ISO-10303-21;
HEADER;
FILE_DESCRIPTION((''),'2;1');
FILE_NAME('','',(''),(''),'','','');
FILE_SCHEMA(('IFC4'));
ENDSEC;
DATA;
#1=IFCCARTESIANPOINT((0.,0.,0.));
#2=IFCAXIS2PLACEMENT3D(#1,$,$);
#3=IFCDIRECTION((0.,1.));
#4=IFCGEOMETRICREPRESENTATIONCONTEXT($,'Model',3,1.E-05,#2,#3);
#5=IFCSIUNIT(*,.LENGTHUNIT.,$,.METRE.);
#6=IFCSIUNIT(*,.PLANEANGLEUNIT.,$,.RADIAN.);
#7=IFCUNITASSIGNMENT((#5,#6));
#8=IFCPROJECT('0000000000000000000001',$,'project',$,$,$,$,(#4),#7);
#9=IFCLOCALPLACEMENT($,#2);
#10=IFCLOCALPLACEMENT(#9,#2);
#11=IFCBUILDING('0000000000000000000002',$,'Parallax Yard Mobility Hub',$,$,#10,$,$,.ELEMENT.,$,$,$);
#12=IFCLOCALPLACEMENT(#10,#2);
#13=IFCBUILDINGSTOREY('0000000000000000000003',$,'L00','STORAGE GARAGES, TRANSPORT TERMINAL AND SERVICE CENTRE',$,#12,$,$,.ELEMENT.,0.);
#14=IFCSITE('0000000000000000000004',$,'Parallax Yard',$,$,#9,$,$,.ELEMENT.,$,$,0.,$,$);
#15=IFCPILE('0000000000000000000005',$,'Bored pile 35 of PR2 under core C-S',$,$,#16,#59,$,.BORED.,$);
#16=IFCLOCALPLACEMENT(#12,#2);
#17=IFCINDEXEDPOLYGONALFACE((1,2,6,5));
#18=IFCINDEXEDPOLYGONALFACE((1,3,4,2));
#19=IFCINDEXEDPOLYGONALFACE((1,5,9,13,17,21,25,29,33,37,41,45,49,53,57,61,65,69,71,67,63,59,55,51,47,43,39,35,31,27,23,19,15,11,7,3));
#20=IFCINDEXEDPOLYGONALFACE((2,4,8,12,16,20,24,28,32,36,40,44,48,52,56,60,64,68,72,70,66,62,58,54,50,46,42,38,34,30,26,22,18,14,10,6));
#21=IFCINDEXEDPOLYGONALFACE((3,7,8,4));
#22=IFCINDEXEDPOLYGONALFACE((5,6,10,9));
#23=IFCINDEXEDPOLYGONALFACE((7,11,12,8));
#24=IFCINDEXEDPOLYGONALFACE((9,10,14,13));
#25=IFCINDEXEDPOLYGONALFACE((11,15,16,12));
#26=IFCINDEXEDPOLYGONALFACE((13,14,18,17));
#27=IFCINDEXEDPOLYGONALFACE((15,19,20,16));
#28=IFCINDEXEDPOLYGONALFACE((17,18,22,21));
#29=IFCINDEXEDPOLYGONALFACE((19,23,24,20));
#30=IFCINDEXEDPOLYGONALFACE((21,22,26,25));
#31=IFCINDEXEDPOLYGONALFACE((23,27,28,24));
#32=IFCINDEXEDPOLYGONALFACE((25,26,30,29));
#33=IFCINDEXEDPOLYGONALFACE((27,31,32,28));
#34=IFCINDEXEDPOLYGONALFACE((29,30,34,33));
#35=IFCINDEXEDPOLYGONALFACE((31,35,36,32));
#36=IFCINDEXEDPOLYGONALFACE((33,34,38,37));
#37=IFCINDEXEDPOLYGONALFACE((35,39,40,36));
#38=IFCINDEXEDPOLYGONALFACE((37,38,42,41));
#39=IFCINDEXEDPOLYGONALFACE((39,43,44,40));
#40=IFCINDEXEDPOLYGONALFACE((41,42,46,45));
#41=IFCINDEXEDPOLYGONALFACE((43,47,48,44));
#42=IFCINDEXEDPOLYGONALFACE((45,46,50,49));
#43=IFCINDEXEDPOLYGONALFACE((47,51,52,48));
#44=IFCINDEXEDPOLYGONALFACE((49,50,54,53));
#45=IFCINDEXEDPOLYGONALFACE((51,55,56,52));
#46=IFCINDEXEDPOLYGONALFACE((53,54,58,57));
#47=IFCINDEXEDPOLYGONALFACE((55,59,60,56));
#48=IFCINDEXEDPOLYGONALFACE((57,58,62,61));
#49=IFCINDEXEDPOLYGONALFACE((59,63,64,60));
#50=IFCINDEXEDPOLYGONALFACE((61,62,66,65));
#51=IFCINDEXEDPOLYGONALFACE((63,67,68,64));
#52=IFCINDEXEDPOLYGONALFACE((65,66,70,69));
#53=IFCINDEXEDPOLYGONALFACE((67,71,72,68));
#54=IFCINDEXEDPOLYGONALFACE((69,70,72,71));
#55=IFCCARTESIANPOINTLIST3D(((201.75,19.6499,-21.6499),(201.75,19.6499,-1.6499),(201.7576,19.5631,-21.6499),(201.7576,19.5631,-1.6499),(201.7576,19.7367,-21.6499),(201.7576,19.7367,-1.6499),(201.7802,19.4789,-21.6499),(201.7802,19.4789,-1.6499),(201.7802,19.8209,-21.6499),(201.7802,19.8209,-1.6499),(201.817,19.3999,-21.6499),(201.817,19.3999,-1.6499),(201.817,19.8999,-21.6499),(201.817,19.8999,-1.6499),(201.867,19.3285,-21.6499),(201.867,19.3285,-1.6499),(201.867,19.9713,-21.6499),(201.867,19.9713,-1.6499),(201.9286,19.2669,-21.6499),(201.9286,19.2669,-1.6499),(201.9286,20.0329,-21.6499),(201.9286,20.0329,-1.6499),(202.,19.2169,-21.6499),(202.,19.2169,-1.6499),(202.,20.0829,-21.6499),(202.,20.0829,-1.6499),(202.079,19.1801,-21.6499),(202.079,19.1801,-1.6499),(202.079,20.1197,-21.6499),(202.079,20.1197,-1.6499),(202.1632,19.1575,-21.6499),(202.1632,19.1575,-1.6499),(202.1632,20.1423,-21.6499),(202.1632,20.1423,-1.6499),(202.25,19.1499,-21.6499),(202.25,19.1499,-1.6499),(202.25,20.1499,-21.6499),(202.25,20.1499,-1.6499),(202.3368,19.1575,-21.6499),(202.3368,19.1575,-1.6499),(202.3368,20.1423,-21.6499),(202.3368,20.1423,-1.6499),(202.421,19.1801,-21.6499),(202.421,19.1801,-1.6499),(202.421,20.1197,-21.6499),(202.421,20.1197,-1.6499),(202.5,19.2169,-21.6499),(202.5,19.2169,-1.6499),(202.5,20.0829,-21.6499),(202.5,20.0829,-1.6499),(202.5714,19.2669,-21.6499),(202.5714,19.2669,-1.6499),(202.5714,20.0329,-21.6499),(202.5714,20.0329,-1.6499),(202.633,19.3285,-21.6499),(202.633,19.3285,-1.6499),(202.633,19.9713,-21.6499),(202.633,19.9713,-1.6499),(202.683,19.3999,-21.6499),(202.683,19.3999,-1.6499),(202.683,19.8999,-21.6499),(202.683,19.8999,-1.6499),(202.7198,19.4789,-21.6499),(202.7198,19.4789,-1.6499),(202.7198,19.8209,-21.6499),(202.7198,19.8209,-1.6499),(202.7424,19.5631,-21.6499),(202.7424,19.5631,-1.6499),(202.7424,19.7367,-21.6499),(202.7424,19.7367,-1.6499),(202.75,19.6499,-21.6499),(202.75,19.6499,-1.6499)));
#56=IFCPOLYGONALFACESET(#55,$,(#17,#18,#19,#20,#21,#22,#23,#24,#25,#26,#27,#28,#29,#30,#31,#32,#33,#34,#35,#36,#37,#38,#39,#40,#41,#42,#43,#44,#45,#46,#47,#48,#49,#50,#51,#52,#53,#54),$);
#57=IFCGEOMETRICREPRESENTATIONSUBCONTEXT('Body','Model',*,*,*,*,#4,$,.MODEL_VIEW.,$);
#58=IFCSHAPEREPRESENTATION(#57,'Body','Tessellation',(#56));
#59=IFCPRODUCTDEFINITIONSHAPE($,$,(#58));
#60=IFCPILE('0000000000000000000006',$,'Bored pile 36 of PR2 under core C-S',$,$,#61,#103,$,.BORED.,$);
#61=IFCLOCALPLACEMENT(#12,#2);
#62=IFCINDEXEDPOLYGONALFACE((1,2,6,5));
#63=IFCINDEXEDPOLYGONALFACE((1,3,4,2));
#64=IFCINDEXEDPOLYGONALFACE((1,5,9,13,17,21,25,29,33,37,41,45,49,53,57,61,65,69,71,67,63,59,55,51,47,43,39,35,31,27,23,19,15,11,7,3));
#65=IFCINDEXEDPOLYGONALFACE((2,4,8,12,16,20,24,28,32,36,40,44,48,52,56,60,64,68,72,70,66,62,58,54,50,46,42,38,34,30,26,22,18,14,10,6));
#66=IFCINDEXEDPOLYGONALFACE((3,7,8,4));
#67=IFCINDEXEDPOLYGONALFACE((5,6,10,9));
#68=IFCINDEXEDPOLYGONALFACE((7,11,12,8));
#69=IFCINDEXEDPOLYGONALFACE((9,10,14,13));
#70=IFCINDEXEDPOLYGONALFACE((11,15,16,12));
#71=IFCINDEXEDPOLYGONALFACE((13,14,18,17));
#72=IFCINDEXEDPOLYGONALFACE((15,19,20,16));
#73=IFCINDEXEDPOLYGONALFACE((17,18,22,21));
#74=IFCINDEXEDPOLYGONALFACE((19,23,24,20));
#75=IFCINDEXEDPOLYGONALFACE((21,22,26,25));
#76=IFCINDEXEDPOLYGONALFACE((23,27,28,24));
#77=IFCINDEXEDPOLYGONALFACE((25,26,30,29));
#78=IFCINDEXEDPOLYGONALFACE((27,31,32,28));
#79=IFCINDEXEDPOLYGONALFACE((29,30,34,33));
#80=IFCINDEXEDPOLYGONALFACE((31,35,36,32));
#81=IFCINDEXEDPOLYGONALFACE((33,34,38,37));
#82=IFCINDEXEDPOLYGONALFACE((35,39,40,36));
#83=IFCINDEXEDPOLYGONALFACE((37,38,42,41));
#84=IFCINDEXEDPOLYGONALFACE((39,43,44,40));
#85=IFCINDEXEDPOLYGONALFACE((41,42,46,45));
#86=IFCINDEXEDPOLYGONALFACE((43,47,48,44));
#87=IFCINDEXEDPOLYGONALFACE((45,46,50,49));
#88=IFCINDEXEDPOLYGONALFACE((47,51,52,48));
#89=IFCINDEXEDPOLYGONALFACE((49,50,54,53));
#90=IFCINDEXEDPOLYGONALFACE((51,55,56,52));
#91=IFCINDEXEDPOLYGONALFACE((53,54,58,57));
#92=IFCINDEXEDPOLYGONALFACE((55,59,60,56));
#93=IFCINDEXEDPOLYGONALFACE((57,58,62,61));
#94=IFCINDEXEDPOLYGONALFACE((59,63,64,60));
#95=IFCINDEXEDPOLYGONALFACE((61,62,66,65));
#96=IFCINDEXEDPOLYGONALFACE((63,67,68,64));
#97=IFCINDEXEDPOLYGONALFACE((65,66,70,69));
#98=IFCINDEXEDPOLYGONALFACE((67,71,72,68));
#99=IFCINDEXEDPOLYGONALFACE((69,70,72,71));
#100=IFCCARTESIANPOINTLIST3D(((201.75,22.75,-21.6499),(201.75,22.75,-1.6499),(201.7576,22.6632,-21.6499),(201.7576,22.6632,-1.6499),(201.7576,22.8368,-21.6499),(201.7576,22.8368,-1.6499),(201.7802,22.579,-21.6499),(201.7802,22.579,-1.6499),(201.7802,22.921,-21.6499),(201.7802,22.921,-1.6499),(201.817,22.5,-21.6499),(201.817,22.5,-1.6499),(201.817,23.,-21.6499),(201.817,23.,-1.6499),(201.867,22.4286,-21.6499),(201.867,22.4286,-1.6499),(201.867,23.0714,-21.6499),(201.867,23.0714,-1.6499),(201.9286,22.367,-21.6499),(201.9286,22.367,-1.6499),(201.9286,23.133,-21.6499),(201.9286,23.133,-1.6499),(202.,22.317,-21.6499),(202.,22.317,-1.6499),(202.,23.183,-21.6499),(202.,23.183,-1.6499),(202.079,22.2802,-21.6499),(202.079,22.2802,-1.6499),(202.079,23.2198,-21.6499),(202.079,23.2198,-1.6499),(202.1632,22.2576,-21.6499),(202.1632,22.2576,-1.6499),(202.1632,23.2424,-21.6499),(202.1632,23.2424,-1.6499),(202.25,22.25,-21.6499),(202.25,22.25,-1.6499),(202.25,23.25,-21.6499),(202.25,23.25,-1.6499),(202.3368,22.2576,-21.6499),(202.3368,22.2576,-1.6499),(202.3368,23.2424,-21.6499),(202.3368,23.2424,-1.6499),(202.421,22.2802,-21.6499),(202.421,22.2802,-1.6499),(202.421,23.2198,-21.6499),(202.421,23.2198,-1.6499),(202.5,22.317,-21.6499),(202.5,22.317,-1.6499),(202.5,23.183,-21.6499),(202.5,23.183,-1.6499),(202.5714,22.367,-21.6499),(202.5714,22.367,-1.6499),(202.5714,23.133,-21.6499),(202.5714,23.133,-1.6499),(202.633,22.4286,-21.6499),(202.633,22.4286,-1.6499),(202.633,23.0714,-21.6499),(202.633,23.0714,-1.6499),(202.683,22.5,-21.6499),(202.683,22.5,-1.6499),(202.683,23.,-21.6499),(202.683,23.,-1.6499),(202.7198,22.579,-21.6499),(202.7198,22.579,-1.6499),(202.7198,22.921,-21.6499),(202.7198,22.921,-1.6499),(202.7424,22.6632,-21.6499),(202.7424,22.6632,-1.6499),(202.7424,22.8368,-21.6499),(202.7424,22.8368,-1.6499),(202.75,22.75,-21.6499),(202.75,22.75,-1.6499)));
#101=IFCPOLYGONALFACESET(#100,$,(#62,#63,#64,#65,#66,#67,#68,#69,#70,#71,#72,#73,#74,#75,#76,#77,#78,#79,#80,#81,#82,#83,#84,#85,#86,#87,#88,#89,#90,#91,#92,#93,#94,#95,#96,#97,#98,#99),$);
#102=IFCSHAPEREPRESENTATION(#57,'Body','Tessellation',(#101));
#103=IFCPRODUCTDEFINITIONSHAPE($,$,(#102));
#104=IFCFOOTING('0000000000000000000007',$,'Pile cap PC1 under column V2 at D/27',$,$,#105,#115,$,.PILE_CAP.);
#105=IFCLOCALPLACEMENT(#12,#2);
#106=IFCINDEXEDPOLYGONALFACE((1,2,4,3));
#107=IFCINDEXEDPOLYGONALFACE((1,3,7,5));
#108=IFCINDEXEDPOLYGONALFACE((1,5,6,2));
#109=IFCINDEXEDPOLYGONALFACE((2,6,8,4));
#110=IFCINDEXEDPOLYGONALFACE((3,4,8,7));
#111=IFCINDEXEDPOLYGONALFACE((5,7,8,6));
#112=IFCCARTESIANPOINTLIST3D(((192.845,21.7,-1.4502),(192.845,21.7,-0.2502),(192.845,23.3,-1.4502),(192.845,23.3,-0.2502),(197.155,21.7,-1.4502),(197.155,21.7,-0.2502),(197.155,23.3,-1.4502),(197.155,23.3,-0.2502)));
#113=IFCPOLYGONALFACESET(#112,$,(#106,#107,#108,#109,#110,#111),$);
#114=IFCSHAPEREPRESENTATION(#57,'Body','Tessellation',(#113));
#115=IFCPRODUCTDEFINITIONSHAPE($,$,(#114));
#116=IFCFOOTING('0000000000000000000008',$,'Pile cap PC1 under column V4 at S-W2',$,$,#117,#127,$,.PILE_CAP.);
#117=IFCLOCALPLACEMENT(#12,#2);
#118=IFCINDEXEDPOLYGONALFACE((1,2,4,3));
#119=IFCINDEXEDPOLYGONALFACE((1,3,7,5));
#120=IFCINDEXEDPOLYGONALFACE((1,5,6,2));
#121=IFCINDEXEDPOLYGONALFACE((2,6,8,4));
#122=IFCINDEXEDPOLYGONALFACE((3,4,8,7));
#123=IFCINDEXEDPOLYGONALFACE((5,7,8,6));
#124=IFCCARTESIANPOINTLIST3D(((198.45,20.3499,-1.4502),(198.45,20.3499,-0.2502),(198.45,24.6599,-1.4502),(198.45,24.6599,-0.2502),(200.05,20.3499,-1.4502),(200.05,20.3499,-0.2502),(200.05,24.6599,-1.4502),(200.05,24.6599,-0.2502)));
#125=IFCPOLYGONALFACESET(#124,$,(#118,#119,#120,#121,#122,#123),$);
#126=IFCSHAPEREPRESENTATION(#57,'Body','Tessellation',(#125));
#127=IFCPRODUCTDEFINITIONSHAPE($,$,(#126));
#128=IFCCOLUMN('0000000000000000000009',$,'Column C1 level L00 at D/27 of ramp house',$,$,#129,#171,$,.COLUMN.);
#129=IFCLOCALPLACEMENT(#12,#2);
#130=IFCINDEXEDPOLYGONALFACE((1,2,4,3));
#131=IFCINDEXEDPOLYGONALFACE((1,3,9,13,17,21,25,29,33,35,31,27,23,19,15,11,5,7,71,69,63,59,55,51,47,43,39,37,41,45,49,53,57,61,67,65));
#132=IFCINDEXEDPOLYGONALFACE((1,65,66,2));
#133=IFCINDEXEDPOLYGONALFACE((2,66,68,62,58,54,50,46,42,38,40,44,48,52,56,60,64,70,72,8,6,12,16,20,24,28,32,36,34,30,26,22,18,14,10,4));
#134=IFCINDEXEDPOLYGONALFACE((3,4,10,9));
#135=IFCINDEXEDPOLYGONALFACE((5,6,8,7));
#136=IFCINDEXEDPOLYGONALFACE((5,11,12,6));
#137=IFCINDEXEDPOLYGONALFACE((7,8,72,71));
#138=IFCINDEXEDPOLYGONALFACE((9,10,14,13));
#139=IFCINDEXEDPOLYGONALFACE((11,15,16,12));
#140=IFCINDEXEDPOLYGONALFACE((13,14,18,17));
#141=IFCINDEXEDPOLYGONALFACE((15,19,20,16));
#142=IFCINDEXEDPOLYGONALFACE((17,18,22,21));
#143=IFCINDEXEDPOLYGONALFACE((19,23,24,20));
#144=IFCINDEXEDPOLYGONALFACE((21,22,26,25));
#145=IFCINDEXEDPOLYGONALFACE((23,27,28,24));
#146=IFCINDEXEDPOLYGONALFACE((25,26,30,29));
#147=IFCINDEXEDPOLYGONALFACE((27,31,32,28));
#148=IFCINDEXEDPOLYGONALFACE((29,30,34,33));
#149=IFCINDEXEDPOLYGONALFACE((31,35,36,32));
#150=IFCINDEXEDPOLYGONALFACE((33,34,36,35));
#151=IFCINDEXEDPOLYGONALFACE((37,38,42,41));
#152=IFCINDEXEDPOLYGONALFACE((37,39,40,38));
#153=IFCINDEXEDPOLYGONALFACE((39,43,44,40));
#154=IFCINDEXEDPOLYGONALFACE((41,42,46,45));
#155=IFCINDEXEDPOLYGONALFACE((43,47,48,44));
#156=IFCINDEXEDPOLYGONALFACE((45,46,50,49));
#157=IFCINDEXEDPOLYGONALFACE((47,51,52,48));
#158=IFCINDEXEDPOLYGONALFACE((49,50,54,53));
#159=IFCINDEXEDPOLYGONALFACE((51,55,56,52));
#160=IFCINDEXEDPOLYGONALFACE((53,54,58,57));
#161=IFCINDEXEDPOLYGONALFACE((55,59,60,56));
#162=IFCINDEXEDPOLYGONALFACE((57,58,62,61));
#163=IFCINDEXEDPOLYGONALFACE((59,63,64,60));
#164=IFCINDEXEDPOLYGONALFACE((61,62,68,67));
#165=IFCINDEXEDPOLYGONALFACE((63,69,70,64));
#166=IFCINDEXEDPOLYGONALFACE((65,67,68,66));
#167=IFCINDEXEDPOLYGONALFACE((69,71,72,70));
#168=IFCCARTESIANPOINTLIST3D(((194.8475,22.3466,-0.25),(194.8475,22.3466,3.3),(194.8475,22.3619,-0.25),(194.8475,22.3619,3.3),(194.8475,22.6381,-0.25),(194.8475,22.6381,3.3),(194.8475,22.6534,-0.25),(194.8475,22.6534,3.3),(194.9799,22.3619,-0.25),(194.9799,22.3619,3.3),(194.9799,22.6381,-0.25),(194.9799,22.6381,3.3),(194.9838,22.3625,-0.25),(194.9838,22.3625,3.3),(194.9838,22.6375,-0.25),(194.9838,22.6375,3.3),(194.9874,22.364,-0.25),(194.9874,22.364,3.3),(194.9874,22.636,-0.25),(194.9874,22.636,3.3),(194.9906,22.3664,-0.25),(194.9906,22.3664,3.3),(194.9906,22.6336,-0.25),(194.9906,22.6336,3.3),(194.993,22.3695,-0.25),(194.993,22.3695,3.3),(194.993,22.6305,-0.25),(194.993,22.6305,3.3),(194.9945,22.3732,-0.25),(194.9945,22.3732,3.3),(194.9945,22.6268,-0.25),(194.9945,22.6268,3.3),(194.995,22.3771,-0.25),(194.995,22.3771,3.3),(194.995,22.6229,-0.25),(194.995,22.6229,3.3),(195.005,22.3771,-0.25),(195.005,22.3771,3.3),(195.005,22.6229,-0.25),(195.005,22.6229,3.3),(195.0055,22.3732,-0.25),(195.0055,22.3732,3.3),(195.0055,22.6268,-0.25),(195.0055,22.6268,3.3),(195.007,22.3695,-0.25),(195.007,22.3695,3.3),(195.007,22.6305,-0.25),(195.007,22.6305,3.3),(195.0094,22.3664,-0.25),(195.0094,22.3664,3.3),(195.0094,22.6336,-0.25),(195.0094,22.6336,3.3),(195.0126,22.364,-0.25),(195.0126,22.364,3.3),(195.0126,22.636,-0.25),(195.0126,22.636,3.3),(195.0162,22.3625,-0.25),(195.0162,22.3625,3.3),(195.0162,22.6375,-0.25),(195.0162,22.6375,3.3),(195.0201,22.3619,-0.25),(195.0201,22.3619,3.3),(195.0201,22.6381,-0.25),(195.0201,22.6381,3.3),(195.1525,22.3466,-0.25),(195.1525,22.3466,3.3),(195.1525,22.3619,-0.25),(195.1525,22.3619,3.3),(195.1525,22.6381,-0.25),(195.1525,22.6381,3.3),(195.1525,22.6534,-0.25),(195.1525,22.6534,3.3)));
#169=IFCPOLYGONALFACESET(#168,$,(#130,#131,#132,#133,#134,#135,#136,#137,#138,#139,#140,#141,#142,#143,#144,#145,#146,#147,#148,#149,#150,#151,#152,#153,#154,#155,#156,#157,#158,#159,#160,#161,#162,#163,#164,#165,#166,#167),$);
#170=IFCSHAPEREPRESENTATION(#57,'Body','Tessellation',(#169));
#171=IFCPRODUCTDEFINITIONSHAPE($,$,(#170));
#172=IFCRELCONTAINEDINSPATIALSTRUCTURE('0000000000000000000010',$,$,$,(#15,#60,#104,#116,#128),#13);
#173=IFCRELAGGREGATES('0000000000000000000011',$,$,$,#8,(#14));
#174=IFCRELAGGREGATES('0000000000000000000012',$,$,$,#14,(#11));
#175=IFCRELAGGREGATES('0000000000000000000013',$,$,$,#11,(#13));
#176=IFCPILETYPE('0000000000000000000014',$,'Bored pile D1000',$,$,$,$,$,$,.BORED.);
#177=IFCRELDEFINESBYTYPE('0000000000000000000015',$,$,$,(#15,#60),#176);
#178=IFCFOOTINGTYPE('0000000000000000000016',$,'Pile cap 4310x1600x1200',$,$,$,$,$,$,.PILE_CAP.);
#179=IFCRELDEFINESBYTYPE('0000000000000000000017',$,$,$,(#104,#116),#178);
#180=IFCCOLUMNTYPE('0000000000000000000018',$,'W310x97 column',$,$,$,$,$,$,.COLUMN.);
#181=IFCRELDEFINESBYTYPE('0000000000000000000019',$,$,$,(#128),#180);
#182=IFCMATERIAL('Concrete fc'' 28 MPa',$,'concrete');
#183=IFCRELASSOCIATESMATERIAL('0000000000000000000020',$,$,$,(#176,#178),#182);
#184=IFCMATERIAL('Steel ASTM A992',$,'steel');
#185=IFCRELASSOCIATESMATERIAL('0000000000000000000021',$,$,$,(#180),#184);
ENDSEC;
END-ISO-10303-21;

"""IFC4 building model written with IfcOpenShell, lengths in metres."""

from ifc_helpers import new_model, si_unit, direction, frame, origin, origin_2d, place, context, subcontext, project, spatial, rectangle, circle, i_section, extrude, material, material_profile, profile_set, type_object, element, save


model = new_model("IFC4")

# Units and contexts
model_context = context("Model", 3, precision=1e-05, world=origin(), true_north=direction((0.0, 1.0)))
body_context = subcontext(model_context, "Body", "Model", "MODEL_VIEW")
ifc_project = project(units=[si_unit("LENGTHUNIT", "METRE"), si_unit("PLANEANGLEUNIT", "RADIAN")], contexts=[model_context])

# Site, building, storey
site_placement = place(None, origin())
site = spatial("IfcSite", under=ifc_project, at=site_placement, Name="Parallax Yard", CompositionType="ELEMENT", RefElevation=0.0)
building_placement = place(site_placement, origin())
building = spatial("IfcBuilding", under=site, at=building_placement, Name="Parallax Yard Mobility Hub", CompositionType="ELEMENT")
storey_placement = place(building_placement, origin())
storey = spatial("IfcBuildingStorey", under=building, at=storey_placement, Name="L00", Description="STORAGE GARAGES, TRANSPORT TERMINAL AND SERVICE CENTRE", CompositionType="ELEMENT", Elevation=0.0)

# Piles
ifc_material_1 = material(Name="Concrete fc' 28 MPa", Category="concrete")
ifc_material_profile_1 = material_profile(ifc_material_1, circle(Radius=0.5, at=origin_2d()), Name="Bored pile D1000")
ifc_profile_set_1 = profile_set([ifc_material_profile_1], Name="Concrete fc' 28 MPa")
pile_type = type_object("IfcPileType", Name="Bored pile D1000", PredefinedType="BORED", material=ifc_profile_set_1)
for number, where, z_axis, x_axis, name in (
    (1, (202.25, 19.6499, -1.6499), (0.0, 0.0, -1.0), (1.0, 0.0, 0.0), "Bored pile 35 of PR2 under core C-S"),
    (2, (202.25, 22.75, -1.6499), (0.0, 0.0, -1.0), (1.0, 0.0, 0.0), "Bored pile 36 of PR2 under core C-S"),
):
    element("IfcPile", number, at=place(storey_placement, frame(where, z_axis=z_axis, x_axis=x_axis)), inside=storey, type_object=pile_type, Name=name, PredefinedType="BORED", context=body_context, shape_type="SweptSolid", body=[
        extrude(circle(Radius=0.5, at=origin_2d()), origin(), (0.0, 0.0, 1.0), 20.0),
    ])

# Footings
footing_type = type_object("IfcFootingType", Name="Pile cap 4310x1600x1200", PredefinedType="PILE_CAP", material=ifc_material_1)
for number, where, z_axis, x_axis, name in (
    (3, (195.0, 22.5, -1.4502), (0.0, 0.0, 1.0), (1.0, 0.0, 0.0), "Pile cap PC1 under column V2 at D/27"),
    (4, (199.25, 22.5049, -1.4502), (0.0, 0.0, 1.0), (0.0, 1.0, 0.0), "Pile cap PC1 under column V4 at S-W2"),
):
    element("IfcFooting", number, at=place(storey_placement, frame(where, z_axis=z_axis, x_axis=x_axis)), inside=storey, type_object=footing_type, Name=name, PredefinedType="PILE_CAP", context=body_context, shape_type="SweptSolid", body=[
        extrude(rectangle(XDim=4.3101, YDim=1.6001, at=origin_2d()), origin(), (0.0, 0.0, 1.0), 1.2),
    ])

# Column
ifc_material_2 = material(Name="Steel ASTM A992", Category="steel")
ifc_material_profile_2 = material_profile(ifc_material_2, i_section(OverallWidth=0.3049, OverallDepth=0.3069, WebThickness=0.01, FlangeThickness=0.0154, FilletRadius=0.0151, at=origin_2d()), Name="W310x97")
ifc_profile_set_2 = profile_set([ifc_material_profile_2], Name="Steel ASTM A992")
column_type = type_object("IfcColumnType", Name="W310x97 column", PredefinedType="COLUMN", material=ifc_profile_set_2)
for number, where, z_axis, x_axis, name in (
    (5, (195.0, 22.5, -0.25), (0.0, 0.0, 1.0), (1.0, 0.0, 0.0), "Column C1 level L00 at D/27 of ramp house"),
):
    element("IfcColumn", number, at=place(storey_placement, frame(where, z_axis=z_axis, x_axis=x_axis)), inside=storey, type_object=column_type, Name=name, PredefinedType="COLUMN", context=body_context, shape_type="SweptSolid", body=[
        extrude(i_section(OverallWidth=0.3049, OverallDepth=0.3069, WebThickness=0.01, FlangeThickness=0.0154, FilletRadius=0.0151, at=origin_2d()), origin(), (0.0, 0.0, 1.0), 3.55),
    ])

save(model, "model.ifc")
